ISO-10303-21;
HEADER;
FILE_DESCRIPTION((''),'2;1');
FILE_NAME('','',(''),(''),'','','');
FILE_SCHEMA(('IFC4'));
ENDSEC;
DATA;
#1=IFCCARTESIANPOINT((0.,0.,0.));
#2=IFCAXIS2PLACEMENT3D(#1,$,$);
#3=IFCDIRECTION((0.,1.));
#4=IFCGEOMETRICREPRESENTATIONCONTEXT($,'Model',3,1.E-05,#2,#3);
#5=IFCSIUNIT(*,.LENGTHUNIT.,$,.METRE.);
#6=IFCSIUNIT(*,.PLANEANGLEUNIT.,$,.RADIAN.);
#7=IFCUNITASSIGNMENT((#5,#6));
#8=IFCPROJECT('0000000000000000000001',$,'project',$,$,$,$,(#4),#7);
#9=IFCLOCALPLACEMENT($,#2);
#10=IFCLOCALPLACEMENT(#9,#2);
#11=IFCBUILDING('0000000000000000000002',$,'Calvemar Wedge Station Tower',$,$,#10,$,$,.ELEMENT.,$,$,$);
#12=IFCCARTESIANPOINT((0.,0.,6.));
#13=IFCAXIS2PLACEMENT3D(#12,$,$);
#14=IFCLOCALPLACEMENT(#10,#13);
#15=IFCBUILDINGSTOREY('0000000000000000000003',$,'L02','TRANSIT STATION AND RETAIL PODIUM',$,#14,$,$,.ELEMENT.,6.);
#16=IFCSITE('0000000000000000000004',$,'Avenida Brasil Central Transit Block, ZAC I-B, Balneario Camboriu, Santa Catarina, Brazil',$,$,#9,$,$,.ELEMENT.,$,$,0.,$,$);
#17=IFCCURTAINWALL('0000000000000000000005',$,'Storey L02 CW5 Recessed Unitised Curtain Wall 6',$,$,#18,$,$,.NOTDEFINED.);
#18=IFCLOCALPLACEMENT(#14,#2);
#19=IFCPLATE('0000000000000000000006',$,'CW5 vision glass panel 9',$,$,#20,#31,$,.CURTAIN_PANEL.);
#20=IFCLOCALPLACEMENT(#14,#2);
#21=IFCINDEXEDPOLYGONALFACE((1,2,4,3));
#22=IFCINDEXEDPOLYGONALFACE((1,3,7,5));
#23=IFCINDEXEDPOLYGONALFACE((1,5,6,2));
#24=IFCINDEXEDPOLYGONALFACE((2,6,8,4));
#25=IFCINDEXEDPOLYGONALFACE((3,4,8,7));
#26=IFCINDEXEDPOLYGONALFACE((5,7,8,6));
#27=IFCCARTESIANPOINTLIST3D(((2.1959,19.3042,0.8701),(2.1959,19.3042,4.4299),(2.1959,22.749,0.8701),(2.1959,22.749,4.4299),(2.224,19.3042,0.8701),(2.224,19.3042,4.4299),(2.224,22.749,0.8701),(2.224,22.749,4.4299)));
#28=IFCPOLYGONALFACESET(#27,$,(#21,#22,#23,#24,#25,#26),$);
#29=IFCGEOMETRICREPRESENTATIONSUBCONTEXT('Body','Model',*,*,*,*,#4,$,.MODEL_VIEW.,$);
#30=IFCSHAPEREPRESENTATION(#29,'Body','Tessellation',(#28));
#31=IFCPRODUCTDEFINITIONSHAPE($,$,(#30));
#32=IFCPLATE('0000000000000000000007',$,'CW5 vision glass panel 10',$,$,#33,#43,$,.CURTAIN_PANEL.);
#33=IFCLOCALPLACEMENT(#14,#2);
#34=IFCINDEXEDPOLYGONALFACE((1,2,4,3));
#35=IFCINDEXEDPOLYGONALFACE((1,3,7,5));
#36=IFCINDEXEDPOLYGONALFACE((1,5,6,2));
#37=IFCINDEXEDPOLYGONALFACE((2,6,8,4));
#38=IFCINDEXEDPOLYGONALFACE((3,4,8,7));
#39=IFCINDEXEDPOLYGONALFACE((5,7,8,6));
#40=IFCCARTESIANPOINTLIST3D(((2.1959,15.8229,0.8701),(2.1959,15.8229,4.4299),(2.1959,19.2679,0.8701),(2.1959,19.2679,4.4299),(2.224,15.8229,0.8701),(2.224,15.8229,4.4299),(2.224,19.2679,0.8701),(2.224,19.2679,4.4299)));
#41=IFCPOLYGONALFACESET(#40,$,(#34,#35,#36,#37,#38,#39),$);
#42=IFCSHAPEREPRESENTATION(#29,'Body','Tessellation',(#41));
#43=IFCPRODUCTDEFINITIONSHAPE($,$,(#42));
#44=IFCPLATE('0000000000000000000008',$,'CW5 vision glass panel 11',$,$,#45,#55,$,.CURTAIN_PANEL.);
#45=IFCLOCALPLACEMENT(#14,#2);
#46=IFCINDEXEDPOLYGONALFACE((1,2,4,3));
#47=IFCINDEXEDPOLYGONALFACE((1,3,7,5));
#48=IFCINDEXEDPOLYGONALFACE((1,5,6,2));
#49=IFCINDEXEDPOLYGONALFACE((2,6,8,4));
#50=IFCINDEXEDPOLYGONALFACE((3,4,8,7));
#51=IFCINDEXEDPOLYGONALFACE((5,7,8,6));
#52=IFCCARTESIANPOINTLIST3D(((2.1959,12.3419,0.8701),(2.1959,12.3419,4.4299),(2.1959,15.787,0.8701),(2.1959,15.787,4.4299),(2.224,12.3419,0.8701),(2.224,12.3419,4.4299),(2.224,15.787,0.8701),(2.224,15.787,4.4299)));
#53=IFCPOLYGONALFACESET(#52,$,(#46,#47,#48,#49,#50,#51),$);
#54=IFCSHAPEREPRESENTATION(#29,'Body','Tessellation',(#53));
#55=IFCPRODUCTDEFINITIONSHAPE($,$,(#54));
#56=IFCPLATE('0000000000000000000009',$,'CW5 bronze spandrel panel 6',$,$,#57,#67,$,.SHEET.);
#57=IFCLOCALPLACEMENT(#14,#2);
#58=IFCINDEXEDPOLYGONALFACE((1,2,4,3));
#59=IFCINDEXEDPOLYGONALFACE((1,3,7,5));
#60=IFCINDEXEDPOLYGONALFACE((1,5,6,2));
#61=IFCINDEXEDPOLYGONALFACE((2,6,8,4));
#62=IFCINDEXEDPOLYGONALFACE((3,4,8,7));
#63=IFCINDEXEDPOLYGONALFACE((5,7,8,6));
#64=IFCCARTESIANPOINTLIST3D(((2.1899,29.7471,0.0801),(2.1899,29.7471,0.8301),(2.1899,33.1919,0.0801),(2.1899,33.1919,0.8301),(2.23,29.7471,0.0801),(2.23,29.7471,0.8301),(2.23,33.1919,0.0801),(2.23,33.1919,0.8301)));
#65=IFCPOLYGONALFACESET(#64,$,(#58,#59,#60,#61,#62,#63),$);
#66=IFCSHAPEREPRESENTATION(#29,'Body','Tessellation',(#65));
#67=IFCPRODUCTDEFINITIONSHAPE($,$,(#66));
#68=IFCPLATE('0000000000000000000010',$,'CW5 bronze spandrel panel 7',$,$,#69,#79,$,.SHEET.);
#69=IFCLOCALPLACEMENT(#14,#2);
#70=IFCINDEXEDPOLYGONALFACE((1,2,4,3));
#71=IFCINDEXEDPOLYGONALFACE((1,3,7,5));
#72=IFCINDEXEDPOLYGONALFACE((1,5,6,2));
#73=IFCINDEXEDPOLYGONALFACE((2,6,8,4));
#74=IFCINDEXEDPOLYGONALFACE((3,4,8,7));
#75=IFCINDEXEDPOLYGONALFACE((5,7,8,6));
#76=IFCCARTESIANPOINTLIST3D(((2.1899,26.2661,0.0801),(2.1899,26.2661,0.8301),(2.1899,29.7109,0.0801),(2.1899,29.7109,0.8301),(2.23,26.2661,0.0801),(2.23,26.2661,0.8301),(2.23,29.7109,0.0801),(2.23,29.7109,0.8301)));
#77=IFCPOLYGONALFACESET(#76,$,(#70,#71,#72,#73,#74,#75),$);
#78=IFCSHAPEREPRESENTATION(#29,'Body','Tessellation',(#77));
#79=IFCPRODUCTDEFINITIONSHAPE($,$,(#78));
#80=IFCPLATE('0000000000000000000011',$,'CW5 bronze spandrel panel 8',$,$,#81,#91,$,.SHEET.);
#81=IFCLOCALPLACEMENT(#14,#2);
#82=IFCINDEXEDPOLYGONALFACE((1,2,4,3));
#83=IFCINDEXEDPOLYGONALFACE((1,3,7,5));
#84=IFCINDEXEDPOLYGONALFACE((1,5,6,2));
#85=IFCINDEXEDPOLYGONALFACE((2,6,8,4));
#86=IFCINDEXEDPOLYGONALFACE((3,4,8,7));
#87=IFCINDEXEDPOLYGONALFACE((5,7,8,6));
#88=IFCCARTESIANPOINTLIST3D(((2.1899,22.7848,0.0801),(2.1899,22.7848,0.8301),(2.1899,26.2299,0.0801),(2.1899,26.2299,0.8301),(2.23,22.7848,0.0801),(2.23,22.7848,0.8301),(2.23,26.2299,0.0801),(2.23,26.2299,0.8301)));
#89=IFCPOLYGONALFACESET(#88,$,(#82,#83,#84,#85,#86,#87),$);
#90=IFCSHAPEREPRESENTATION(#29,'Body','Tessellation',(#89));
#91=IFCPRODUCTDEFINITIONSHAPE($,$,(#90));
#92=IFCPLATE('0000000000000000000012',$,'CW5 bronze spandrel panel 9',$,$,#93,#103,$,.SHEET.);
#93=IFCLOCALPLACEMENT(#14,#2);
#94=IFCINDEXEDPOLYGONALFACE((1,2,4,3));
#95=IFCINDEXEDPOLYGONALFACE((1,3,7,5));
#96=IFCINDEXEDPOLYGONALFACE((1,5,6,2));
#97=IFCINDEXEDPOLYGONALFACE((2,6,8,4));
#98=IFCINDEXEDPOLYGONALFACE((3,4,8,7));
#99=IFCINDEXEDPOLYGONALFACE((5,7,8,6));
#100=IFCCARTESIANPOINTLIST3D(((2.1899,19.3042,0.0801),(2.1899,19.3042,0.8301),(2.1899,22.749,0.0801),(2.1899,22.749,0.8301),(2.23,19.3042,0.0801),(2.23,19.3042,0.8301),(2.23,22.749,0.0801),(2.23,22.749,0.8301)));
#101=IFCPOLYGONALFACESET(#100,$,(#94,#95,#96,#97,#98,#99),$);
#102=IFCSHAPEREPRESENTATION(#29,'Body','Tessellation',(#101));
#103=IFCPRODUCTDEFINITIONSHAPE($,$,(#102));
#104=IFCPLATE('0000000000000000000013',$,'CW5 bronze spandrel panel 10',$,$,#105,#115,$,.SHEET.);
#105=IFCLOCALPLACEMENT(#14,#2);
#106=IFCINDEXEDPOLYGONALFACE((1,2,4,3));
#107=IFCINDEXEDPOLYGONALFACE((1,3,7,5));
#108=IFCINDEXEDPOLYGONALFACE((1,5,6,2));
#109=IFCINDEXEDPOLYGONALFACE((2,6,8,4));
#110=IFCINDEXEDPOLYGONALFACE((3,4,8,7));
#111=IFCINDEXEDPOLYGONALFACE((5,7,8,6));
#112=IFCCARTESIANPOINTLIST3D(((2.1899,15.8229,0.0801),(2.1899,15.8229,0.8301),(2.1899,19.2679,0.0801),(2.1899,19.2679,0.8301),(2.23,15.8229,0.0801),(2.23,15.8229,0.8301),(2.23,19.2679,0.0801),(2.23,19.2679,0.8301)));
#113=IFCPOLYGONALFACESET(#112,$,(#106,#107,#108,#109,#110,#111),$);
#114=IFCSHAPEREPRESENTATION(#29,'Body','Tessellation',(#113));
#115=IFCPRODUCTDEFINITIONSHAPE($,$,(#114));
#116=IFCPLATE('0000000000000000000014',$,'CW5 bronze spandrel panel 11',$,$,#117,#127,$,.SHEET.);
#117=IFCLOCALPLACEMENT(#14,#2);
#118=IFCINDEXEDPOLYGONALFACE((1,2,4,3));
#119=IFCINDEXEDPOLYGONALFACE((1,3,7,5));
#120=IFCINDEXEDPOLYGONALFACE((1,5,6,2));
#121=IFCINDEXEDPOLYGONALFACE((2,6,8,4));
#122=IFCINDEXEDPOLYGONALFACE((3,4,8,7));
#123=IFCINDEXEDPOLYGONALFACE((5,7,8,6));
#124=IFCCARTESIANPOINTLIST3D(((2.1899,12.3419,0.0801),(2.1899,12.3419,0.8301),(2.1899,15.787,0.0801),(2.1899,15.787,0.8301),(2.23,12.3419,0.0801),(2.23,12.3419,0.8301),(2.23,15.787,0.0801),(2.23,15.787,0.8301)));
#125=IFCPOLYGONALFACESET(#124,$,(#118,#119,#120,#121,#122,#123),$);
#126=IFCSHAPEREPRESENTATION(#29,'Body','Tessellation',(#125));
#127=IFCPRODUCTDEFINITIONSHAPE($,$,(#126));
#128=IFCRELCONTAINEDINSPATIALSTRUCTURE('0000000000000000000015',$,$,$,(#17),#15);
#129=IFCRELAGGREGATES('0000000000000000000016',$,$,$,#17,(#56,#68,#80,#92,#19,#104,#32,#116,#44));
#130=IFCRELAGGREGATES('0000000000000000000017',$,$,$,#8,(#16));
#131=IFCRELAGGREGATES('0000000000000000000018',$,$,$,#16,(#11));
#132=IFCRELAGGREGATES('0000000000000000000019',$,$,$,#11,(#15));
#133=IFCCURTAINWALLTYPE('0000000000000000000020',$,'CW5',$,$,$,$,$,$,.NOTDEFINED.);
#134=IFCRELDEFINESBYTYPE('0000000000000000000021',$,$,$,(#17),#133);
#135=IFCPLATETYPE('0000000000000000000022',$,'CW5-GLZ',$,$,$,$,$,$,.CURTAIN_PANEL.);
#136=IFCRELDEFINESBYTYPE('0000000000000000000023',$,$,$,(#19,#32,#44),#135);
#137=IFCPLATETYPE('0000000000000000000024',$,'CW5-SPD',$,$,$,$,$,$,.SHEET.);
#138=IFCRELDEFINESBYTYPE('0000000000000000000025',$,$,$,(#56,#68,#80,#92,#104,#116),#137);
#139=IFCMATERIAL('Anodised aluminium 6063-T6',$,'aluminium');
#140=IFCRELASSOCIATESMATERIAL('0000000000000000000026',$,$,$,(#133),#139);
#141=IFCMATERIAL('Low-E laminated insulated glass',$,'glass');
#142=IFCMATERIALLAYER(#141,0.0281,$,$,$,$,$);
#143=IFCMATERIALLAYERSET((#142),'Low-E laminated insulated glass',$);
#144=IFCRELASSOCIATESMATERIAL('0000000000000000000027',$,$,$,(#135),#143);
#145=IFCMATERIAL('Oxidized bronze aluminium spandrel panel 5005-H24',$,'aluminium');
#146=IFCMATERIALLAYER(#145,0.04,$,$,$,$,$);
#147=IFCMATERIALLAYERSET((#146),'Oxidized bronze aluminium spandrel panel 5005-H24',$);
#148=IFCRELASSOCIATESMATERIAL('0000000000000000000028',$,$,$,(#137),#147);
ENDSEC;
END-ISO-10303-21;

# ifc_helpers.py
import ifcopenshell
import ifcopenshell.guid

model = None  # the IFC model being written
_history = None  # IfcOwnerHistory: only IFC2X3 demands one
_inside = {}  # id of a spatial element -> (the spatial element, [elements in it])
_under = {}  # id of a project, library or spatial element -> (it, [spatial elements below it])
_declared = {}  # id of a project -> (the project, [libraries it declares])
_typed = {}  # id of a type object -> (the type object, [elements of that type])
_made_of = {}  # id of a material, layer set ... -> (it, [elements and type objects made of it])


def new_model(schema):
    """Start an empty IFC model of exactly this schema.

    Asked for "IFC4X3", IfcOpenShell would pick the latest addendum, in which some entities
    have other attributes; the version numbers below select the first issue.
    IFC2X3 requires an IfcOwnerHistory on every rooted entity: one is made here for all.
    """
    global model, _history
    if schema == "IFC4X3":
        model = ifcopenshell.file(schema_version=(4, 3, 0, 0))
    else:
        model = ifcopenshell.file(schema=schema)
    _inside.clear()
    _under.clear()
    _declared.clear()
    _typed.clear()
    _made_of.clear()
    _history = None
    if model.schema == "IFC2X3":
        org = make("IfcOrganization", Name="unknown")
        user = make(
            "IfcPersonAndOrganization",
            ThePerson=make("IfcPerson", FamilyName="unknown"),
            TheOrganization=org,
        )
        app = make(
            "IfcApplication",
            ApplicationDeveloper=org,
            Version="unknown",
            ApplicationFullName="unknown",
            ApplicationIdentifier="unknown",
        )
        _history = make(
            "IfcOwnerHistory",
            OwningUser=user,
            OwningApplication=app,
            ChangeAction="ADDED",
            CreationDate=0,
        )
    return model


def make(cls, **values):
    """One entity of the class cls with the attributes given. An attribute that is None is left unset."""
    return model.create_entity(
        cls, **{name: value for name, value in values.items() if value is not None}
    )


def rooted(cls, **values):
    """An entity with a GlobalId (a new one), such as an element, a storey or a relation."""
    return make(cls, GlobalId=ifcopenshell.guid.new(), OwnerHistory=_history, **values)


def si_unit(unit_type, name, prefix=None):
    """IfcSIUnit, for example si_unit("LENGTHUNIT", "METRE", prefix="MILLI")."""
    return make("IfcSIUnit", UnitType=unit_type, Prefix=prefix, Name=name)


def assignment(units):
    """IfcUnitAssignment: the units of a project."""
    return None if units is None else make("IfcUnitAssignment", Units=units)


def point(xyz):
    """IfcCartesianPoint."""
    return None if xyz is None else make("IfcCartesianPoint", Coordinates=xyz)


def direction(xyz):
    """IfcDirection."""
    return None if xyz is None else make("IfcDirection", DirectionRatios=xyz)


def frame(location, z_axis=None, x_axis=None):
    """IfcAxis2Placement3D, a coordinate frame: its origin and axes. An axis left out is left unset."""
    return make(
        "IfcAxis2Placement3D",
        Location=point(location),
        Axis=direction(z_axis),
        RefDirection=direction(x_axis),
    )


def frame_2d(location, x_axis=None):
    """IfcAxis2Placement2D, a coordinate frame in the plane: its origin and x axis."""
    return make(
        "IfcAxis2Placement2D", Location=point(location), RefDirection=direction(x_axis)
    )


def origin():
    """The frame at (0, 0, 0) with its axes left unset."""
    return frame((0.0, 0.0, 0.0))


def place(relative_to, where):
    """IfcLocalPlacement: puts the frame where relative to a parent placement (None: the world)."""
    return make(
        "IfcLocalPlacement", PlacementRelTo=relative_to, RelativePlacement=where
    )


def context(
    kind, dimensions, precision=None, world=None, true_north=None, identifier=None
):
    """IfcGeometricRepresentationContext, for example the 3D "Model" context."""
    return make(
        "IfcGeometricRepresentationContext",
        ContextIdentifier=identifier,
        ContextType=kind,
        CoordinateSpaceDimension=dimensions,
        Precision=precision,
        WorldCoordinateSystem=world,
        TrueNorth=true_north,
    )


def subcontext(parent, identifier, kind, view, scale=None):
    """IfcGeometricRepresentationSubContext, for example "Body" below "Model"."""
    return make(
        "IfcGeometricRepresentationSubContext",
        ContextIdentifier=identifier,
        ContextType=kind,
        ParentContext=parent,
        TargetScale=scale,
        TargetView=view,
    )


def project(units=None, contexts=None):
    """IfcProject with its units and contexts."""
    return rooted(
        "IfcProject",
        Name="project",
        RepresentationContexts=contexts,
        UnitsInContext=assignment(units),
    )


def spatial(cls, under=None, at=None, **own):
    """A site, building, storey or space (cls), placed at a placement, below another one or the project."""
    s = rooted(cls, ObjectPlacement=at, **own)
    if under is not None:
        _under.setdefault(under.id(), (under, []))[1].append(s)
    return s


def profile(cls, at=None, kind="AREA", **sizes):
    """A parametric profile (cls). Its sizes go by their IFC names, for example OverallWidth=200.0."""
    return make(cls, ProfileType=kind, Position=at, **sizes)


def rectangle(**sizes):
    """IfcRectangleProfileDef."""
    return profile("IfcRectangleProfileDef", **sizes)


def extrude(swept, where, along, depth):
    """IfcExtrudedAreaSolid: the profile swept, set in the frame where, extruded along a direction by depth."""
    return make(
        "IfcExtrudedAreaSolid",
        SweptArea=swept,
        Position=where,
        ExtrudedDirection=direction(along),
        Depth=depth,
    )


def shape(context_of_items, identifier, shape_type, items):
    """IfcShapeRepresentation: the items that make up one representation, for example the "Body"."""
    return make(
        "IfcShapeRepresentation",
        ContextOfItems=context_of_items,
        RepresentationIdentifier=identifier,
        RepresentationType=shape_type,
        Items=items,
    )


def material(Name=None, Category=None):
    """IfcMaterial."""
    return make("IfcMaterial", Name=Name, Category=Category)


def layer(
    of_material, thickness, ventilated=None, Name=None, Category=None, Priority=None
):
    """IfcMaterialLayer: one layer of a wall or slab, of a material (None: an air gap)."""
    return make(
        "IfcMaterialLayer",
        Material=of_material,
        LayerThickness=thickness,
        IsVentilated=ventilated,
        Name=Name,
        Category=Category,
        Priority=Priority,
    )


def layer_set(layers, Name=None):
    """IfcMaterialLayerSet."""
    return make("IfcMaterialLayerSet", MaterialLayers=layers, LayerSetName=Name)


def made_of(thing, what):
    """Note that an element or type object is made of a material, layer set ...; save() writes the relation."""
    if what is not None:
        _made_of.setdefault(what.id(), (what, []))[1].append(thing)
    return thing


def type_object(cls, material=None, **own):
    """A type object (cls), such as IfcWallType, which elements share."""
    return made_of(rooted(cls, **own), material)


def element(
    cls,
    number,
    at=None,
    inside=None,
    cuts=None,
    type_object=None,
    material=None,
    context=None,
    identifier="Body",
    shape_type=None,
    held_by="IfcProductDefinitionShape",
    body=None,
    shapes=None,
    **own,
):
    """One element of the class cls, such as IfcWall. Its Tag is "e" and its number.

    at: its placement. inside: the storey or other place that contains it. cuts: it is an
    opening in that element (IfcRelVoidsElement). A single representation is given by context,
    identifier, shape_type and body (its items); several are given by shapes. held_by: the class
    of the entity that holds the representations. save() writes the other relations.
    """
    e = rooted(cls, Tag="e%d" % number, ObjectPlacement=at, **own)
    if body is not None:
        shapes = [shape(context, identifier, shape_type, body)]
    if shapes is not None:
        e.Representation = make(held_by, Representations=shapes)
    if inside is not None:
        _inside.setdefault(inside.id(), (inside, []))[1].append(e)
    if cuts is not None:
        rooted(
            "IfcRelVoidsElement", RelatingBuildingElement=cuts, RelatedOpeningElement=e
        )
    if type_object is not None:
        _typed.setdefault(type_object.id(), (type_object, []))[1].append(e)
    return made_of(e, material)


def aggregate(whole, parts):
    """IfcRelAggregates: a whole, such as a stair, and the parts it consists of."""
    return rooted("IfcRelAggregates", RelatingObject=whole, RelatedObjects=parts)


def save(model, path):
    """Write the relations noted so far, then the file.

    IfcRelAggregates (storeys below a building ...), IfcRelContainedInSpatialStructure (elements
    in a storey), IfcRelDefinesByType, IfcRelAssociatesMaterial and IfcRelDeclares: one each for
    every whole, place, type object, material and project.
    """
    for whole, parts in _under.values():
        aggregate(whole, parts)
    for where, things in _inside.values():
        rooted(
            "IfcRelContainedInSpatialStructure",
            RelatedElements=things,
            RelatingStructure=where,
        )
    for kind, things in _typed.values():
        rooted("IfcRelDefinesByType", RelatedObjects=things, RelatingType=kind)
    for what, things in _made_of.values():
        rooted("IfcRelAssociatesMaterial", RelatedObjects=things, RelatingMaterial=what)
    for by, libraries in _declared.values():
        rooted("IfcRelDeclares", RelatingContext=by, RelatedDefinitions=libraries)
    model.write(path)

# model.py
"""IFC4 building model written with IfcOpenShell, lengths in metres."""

from ifc_helpers import new_model, si_unit, direction, frame, frame_2d, origin, place, context, subcontext, project, spatial, rectangle, extrude, material, layer, layer_set, type_object, element, aggregate, save


model = new_model("IFC4")

# Units and contexts
model_context = context("Model", 3, precision=1e-05, world=origin(), true_north=direction((0.0, 1.0)))
body_context = subcontext(model_context, "Body", "Model", "MODEL_VIEW")
ifc_project = project(units=[si_unit("LENGTHUNIT", "METRE"), si_unit("PLANEANGLEUNIT", "RADIAN")], contexts=[model_context])

# Site, building, storey
site_placement = place(None, origin())
site = spatial("IfcSite", under=ifc_project, at=site_placement, Name="Avenida Brasil Central Transit Block, ZAC I-B, Balneario Camboriu, Santa Catarina, Brazil", CompositionType="ELEMENT", RefElevation=0.0)
building_placement = place(site_placement, origin())
building = spatial("IfcBuilding", under=site, at=building_placement, Name="Calvemar Wedge Station Tower", CompositionType="ELEMENT")
storey_placement = place(building_placement, frame((0.0, 0.0, 6.0)))
storey = spatial("IfcBuildingStorey", under=building, at=storey_placement, Name="L02", Description="TRANSIT STATION AND RETAIL PODIUM", CompositionType="ELEMENT", Elevation=6.0)

# Curtain wall, plates
ifc_material_1 = material(Name="Anodised aluminium 6063-T6", Category="aluminium")
curtain_wall_type = type_object("IfcCurtainWallType", Name="CW5", PredefinedType="NOTDEFINED", material=ifc_material_1)
curtain_wall_placement = place(storey_placement, origin())
curtain_wall = element("IfcCurtainWall", 1, at=curtain_wall_placement, inside=storey, type_object=curtain_wall_type, Name="Storey L02 CW5 Recessed Unitised Curtain Wall 6", PredefinedType="NOTDEFINED")
ifc_material_2 = material(Name="Low-E laminated insulated glass", Category="glass")
ifc_layer_1 = layer(ifc_material_2, 0.0281)
ifc_layer_set_1 = layer_set([ifc_layer_1], Name="Low-E laminated insulated glass")
plate_type_1 = type_object("IfcPlateType", Name="CW5-GLZ", PredefinedType="CURTAIN_PANEL", material=ifc_layer_set_1)
plate_1_placement = place(storey_placement, frame((2.21, 22.749, 0.8701), z_axis=(0.0, 0.0, 1.0), x_axis=(0.0, -1.0, 0.0)))
plate_1 = element("IfcPlate", 2, at=plate_1_placement, type_object=plate_type_1, Name="CW5 vision glass panel 9", PredefinedType="CURTAIN_PANEL", context=body_context, shape_type="SweptSolid", body=[
    extrude(rectangle(XDim=3.4448, YDim=0.0281, at=frame_2d((1.7224, 0.0))), origin(), (0.0, 0.0, 1.0), 3.5598),
])
plate_2_placement = place(storey_placement, frame((2.21, 19.2681, 0.8701), z_axis=(0.0, 0.0, 1.0), x_axis=(0.0, -1.0, 0.0)))
plate_2 = element("IfcPlate", 3, at=plate_2_placement, type_object=plate_type_1, Name="CW5 vision glass panel 10", PredefinedType="CURTAIN_PANEL", context=body_context, shape_type="SweptSolid", body=[
    extrude(rectangle(XDim=3.4451, YDim=0.0281, at=frame_2d((1.7227, 0.0))), origin(), (0.0, 0.0, 1.0), 3.5598),
])
plate_3_placement = place(storey_placement, frame((2.21, 15.7871, 0.8701), z_axis=(0.0, 0.0, 1.0), x_axis=(0.0, -1.0, 0.0)))
plate_3 = element("IfcPlate", 4, at=plate_3_placement, type_object=plate_type_1, Name="CW5 vision glass panel 11", PredefinedType="CURTAIN_PANEL", context=body_context, shape_type="SweptSolid", body=[
    extrude(rectangle(XDim=3.4451, YDim=0.0281, at=frame_2d((1.7227, 0.0))), origin(), (0.0, 0.0, 1.0), 3.5598),
])
ifc_material_3 = material(Name="Oxidized bronze aluminium spandrel panel 5005-H24", Category="aluminium")
ifc_layer_2 = layer(ifc_material_3, 0.04)
ifc_layer_set_2 = layer_set([ifc_layer_2], Name="Oxidized bronze aluminium spandrel panel 5005-H24")
plate_type_2 = type_object("IfcPlateType", Name="CW5-SPD", PredefinedType="SHEET", material=ifc_layer_set_2)
plate_4_placement = place(storey_placement, frame((2.21, 33.1919, 0.0801), z_axis=(0.0, 0.0, 1.0), x_axis=(0.0, -1.0, 0.0)))
plate_4 = element("IfcPlate", 5, at=plate_4_placement, type_object=plate_type_2, Name="CW5 bronze spandrel panel 6", PredefinedType="SHEET", context=body_context, shape_type="SweptSolid", body=[
    extrude(rectangle(XDim=3.4448, YDim=0.04, at=frame_2d((1.7224, 0.0))), origin(), (0.0, 0.0, 1.0), 0.75),
])
plate_5_placement = place(storey_placement, frame((2.21, 29.7109, 0.0801), z_axis=(0.0, 0.0, 1.0), x_axis=(0.0, -1.0, 0.0)))
plate_5 = element("IfcPlate", 6, at=plate_5_placement, type_object=plate_type_2, Name="CW5 bronze spandrel panel 7", PredefinedType="SHEET", context=body_context, shape_type="SweptSolid", body=[
    extrude(rectangle(XDim=3.4448, YDim=0.04, at=frame_2d((1.7224, 0.0))), origin(), (0.0, 0.0, 1.0), 0.75),
])
plate_6_placement = place(storey_placement, frame((2.21, 26.23, 0.0801), z_axis=(0.0, 0.0, 1.0), x_axis=(0.0, -1.0, 0.0)))
plate_6 = element("IfcPlate", 7, at=plate_6_placement, type_object=plate_type_2, Name="CW5 bronze spandrel panel 8", PredefinedType="SHEET", context=body_context, shape_type="SweptSolid", body=[
    extrude(rectangle(XDim=3.4451, YDim=0.04, at=frame_2d((1.7227, 0.0))), origin(), (0.0, 0.0, 1.0), 0.75),
])
plate_7_placement = place(storey_placement, frame((2.21, 22.749, 0.0801), z_axis=(0.0, 0.0, 1.0), x_axis=(0.0, -1.0, 0.0)))
plate_7 = element("IfcPlate", 8, at=plate_7_placement, type_object=plate_type_2, Name="CW5 bronze spandrel panel 9", PredefinedType="SHEET", context=body_context, shape_type="SweptSolid", body=[
    extrude(rectangle(XDim=3.4448, YDim=0.04, at=frame_2d((1.7224, 0.0))), origin(), (0.0, 0.0, 1.0), 0.75),
])
plate_8_placement = place(storey_placement, frame((2.21, 19.2681, 0.0801), z_axis=(0.0, 0.0, 1.0), x_axis=(0.0, -1.0, 0.0)))
plate_8 = element("IfcPlate", 9, at=plate_8_placement, type_object=plate_type_2, Name="CW5 bronze spandrel panel 10", PredefinedType="SHEET", context=body_context, shape_type="SweptSolid", body=[
    extrude(rectangle(XDim=3.4451, YDim=0.04, at=frame_2d((1.7227, 0.0))), origin(), (0.0, 0.0, 1.0), 0.75),
])
plate_9_placement = place(storey_placement, frame((2.21, 15.7871, 0.0801), z_axis=(0.0, 0.0, 1.0), x_axis=(0.0, -1.0, 0.0)))
plate_9 = element("IfcPlate", 10, at=plate_9_placement, type_object=plate_type_2, Name="CW5 bronze spandrel panel 11", PredefinedType="SHEET", context=body_context, shape_type="SweptSolid", body=[
    extrude(rectangle(XDim=3.4451, YDim=0.04, at=frame_2d((1.7227, 0.0))), origin(), (0.0, 0.0, 1.0), 0.75),
])
aggregate(curtain_wall, [plate_4, plate_5, plate_6, plate_7, plate_1, plate_8, plate_2, plate_9, plate_3])

save(model, "model.ifc")
